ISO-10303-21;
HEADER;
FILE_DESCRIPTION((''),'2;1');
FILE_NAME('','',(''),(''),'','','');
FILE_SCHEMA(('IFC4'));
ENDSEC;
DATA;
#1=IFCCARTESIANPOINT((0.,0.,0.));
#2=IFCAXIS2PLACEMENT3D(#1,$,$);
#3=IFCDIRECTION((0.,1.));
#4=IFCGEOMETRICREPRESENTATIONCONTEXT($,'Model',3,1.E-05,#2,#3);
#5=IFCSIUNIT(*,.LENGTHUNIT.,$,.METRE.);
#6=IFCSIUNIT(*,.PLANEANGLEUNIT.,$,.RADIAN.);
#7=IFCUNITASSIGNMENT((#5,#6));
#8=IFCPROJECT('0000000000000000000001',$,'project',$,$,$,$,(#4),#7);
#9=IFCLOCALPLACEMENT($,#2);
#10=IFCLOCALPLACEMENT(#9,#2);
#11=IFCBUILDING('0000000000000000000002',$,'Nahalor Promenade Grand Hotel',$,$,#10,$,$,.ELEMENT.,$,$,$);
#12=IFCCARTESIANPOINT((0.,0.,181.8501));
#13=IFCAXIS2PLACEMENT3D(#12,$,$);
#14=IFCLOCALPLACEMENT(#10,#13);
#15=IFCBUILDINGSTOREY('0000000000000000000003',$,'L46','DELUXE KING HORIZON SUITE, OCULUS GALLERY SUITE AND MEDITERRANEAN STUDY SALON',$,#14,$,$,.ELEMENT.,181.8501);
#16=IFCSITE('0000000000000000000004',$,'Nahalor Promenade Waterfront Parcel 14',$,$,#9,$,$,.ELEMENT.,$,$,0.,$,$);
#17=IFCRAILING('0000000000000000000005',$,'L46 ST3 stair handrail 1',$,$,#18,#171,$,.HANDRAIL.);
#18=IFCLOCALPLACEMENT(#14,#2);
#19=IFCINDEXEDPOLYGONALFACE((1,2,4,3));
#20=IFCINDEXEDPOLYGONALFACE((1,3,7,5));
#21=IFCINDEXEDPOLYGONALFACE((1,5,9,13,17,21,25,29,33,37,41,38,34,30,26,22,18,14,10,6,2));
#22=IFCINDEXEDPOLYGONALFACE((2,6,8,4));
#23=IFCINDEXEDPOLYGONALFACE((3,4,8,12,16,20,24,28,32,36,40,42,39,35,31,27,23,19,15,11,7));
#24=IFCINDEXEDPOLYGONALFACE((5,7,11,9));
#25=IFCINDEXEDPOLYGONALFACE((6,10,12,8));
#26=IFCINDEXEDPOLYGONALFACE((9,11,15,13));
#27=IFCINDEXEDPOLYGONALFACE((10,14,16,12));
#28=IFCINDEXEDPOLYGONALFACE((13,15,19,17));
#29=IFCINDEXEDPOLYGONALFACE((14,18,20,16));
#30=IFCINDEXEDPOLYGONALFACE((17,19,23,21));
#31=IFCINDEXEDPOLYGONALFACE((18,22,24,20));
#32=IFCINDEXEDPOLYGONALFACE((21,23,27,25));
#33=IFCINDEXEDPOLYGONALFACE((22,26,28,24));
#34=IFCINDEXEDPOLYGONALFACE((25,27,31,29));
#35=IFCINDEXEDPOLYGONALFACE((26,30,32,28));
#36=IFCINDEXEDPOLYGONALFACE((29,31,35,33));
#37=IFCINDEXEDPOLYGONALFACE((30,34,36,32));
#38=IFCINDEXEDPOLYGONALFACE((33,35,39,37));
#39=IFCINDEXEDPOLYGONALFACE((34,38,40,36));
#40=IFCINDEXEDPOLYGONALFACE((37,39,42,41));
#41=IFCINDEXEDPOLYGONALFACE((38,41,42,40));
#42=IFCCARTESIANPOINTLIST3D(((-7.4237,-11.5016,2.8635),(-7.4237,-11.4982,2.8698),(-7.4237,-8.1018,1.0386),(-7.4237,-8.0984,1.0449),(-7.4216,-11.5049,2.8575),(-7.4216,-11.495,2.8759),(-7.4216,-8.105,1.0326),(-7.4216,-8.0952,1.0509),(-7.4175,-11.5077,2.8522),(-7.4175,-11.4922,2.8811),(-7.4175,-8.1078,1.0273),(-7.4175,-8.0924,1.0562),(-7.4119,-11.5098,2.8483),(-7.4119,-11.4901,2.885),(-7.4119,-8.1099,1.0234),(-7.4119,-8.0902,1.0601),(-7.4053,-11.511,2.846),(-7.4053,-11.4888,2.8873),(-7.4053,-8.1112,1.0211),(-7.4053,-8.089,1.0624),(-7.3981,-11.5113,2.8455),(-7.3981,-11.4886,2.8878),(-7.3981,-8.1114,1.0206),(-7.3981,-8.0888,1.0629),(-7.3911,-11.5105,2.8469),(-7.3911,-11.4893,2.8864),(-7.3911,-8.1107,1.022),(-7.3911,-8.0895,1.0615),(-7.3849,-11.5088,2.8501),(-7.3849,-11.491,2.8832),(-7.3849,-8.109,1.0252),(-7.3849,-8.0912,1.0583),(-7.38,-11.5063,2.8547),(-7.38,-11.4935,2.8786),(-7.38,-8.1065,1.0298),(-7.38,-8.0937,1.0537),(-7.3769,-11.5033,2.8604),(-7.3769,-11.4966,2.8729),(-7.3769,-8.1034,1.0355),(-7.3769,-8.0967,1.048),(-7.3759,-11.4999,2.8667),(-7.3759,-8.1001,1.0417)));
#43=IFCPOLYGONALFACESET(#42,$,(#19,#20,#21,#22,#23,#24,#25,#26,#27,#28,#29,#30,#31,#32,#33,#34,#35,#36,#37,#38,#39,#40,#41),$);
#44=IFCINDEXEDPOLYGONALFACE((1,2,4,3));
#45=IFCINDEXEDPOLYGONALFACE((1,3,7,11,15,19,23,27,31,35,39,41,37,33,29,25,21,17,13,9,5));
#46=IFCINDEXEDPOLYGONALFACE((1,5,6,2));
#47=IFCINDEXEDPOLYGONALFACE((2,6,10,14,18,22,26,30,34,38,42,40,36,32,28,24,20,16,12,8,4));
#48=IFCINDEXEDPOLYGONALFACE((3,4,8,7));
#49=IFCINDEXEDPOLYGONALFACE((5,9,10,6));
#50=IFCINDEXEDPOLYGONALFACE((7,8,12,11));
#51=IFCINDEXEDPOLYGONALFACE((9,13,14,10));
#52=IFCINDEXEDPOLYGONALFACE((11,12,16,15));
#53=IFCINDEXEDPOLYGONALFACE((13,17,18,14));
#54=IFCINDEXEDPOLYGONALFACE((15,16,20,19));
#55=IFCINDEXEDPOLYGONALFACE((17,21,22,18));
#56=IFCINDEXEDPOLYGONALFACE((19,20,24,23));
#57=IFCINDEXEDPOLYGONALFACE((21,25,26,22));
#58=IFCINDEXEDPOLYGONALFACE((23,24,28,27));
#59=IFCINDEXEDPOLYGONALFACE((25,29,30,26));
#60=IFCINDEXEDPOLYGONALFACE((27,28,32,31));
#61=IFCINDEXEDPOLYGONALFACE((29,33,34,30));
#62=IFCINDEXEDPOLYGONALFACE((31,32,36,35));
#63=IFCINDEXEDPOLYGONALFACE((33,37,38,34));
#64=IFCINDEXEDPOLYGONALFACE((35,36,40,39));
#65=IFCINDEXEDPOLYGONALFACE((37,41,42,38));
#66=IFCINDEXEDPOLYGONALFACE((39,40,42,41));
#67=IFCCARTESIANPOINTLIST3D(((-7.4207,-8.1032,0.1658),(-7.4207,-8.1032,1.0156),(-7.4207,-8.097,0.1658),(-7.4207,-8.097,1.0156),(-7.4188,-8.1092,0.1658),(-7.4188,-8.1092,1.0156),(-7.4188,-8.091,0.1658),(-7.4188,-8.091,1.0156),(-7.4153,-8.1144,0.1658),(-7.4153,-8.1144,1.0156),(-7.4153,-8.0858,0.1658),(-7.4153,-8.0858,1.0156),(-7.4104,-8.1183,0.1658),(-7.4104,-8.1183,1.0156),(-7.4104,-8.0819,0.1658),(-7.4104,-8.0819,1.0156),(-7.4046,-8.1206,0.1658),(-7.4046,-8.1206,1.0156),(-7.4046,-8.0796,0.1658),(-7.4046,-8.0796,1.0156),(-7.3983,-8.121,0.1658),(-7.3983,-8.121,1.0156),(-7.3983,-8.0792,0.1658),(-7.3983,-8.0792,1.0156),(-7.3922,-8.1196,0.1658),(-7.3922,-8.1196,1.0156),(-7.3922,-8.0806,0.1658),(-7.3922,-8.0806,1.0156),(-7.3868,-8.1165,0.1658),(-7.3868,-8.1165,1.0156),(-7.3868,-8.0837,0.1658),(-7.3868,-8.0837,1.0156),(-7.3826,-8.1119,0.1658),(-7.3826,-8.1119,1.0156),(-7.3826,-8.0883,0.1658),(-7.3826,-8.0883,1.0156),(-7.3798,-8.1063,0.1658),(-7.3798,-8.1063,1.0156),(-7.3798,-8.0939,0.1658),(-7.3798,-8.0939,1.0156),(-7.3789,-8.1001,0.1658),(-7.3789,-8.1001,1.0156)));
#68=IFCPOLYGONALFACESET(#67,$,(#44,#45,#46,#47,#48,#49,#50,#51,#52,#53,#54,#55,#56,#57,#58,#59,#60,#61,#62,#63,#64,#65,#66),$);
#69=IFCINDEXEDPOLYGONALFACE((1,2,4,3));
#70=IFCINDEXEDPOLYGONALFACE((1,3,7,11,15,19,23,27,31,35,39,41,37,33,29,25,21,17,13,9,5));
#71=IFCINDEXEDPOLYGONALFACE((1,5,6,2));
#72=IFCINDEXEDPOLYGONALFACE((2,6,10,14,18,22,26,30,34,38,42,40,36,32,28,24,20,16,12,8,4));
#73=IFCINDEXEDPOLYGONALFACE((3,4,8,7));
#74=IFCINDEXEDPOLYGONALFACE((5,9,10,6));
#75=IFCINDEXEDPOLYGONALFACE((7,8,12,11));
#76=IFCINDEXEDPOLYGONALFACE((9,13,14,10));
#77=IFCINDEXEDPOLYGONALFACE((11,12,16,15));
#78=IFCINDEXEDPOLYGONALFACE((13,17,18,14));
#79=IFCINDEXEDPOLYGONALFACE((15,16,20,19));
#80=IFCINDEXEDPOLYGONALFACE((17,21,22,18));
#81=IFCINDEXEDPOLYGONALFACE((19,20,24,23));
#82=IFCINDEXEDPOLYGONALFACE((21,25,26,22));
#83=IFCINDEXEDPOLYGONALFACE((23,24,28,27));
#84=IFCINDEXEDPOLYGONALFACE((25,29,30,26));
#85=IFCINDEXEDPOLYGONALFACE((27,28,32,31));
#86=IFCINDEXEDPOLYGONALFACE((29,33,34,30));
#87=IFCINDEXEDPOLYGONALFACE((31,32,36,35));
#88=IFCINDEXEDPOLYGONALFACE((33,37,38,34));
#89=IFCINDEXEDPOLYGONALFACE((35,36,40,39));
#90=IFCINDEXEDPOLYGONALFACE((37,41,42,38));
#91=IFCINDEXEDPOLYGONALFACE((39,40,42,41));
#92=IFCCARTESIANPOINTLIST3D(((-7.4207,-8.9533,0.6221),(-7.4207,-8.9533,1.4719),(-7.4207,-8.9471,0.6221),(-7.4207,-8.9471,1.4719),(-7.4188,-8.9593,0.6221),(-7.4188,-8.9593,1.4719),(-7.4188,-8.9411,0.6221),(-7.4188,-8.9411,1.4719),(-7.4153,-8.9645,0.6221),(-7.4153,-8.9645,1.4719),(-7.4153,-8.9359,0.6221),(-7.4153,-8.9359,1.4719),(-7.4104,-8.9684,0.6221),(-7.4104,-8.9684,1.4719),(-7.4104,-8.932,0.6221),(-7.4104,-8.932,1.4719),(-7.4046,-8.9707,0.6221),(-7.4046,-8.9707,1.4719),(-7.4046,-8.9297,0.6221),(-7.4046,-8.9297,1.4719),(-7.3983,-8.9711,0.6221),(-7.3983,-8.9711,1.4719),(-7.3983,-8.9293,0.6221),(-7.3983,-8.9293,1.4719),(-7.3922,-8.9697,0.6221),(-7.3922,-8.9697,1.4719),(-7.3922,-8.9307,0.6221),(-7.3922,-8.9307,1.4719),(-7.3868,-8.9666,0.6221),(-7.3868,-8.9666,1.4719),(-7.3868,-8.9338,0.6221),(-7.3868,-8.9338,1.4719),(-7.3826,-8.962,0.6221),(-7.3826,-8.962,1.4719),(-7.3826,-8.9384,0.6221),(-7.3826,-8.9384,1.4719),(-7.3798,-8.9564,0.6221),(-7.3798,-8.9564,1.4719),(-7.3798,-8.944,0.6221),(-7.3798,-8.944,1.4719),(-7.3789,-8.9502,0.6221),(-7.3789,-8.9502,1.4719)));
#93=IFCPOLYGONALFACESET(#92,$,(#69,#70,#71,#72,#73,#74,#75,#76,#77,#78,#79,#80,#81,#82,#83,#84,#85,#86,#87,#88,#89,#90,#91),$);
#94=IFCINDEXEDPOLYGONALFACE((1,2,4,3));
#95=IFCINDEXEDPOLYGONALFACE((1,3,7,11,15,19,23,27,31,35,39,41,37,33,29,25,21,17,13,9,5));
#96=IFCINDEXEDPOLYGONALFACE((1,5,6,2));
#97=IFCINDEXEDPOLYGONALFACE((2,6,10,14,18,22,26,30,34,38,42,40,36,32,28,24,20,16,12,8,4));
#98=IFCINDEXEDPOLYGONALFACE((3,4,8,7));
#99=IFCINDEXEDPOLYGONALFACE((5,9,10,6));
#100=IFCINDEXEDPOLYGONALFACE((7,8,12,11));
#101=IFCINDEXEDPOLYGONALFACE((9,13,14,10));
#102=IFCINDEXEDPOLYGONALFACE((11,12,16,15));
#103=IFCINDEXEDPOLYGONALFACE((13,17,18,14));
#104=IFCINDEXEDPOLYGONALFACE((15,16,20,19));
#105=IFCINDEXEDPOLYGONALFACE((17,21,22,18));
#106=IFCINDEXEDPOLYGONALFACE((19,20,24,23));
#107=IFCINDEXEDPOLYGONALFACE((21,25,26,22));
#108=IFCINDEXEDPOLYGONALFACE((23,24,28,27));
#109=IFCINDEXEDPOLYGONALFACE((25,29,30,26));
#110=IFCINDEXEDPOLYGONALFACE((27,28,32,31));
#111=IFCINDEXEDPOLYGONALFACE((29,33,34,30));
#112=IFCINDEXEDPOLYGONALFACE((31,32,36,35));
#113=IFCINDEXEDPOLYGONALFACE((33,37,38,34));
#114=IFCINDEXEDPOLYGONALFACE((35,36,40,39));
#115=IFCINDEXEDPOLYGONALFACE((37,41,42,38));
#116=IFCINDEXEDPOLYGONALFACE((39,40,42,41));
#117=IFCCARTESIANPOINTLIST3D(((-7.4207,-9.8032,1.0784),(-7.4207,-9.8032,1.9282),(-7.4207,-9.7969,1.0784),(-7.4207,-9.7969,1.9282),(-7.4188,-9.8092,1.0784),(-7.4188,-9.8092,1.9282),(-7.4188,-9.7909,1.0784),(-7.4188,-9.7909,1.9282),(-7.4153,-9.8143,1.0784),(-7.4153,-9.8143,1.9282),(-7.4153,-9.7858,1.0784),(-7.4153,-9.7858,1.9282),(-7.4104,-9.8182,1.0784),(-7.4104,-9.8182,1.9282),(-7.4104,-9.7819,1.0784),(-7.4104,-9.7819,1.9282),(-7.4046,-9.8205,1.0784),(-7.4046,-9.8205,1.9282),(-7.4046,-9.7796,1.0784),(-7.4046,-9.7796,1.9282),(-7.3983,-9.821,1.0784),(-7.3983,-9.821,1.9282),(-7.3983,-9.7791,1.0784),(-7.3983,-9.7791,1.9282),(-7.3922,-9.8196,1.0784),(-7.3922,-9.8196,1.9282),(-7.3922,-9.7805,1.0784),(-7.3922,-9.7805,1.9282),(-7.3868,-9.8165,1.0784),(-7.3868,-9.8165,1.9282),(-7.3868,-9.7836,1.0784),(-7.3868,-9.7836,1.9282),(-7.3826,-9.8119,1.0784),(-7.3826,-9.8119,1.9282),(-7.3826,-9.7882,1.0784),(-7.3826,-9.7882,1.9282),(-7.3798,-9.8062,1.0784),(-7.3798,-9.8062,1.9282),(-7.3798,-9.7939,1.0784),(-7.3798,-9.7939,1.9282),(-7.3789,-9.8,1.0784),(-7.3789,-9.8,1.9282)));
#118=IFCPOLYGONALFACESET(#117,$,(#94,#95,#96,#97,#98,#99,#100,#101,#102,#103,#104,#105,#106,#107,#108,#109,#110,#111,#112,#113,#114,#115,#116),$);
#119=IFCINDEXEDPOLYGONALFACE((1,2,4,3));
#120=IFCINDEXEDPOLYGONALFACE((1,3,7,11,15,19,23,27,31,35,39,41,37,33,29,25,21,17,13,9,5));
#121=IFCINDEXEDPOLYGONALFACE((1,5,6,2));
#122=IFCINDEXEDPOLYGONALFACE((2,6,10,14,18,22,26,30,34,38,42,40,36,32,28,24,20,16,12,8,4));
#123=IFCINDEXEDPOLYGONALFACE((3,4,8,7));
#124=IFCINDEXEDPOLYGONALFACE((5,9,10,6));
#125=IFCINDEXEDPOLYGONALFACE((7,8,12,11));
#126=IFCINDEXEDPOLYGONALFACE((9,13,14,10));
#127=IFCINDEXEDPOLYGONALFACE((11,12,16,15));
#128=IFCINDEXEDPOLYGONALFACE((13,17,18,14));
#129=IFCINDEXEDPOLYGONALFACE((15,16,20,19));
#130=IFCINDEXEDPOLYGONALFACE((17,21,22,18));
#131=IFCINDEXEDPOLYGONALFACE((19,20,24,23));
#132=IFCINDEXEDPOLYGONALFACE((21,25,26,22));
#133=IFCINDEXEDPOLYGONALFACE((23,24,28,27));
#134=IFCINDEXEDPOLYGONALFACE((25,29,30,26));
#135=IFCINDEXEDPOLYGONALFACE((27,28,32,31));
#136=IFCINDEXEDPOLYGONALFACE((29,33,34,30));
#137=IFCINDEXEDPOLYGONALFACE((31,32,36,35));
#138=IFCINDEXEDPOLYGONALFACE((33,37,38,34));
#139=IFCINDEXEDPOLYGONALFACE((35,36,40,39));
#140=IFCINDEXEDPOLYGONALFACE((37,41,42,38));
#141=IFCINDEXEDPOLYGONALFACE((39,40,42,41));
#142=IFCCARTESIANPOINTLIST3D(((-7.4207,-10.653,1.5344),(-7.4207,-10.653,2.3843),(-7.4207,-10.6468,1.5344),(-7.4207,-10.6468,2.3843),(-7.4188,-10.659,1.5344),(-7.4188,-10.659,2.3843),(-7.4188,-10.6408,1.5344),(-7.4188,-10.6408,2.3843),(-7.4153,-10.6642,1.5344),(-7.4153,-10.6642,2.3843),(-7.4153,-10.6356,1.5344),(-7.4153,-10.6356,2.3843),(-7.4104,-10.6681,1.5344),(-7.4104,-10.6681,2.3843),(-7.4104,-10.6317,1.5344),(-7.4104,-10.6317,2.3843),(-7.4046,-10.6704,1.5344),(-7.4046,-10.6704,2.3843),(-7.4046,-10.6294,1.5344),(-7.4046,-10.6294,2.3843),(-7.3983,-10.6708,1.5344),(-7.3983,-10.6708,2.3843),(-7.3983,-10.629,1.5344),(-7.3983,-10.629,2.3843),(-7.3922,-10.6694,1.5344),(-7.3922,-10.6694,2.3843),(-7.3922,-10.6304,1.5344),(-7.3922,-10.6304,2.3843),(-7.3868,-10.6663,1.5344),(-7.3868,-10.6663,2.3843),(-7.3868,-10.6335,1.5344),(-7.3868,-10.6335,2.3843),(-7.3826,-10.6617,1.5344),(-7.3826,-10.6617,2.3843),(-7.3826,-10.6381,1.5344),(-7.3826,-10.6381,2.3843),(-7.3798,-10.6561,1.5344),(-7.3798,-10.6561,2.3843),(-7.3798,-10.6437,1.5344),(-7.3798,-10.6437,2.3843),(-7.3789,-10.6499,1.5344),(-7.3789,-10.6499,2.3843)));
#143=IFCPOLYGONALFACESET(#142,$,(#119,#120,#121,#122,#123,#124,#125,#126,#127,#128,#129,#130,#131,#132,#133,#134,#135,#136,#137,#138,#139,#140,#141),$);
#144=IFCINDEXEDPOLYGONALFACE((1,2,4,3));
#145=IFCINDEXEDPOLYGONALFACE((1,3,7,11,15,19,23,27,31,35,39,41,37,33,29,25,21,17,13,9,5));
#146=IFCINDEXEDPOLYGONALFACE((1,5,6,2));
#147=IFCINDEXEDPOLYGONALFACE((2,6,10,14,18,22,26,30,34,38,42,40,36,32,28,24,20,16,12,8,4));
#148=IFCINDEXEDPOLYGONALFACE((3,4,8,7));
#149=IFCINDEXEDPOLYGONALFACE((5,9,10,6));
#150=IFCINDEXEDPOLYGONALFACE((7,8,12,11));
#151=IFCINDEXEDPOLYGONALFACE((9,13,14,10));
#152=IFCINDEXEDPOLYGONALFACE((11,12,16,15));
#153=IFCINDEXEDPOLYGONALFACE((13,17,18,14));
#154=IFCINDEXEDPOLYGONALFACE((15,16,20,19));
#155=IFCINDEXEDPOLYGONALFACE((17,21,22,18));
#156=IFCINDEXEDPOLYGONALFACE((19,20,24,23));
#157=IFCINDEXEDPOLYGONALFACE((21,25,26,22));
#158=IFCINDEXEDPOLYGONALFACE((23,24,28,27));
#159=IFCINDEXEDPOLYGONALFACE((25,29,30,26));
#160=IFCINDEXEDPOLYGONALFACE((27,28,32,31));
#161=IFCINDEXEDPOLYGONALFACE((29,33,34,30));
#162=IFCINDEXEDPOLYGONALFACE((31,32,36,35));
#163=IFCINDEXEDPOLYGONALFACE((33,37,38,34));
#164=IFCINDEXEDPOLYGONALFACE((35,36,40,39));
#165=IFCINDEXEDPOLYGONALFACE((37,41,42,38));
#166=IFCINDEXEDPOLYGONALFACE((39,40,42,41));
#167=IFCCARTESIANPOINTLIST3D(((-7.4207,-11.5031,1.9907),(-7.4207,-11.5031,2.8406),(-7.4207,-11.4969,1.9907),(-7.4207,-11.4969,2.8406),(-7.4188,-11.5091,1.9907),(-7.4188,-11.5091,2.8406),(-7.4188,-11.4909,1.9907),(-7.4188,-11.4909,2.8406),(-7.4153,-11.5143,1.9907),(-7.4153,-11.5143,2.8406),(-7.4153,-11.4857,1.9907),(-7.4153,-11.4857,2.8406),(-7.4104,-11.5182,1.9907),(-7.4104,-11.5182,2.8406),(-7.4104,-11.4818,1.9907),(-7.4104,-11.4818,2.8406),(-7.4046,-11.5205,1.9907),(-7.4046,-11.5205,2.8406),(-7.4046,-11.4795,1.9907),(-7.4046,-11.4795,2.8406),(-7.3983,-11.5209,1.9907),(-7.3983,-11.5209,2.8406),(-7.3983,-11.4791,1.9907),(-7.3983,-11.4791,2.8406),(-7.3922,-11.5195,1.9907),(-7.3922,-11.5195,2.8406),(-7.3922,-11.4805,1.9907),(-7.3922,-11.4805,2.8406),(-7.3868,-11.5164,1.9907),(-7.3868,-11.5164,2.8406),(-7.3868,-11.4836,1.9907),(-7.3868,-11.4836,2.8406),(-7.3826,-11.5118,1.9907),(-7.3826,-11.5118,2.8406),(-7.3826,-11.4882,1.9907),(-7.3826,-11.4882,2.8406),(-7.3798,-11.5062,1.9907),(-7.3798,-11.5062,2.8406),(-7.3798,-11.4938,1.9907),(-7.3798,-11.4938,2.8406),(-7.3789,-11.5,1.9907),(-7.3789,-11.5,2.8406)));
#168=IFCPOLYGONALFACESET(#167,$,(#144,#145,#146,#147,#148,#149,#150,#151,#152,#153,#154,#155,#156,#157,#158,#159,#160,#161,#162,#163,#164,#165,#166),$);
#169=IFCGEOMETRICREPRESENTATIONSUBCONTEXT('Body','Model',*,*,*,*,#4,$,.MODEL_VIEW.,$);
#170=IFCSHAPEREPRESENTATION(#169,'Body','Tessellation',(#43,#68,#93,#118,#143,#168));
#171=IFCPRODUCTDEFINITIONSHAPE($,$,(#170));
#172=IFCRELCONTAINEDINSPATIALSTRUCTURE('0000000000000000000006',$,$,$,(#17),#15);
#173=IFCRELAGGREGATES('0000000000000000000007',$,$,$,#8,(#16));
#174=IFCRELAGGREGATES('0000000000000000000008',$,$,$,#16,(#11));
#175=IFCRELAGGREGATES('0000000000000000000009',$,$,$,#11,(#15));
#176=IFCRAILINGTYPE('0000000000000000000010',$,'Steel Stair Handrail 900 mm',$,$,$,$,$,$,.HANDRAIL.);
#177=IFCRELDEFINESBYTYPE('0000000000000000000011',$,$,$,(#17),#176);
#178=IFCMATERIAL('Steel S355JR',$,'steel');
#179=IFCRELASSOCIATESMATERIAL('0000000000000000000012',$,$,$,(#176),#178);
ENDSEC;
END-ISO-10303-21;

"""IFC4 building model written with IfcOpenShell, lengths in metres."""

from ifc_helpers import new_model, si_unit, direction, frame, origin, origin_2d, place, context, subcontext, project, spatial, circle, extrude, material, type_object, element, save


model = new_model("IFC4")

# Units and contexts
model_context = context("Model", 3, precision=1e-05, world=origin(), true_north=direction((0.0, 1.0)))
body_context = subcontext(model_context, "Body", "Model", "MODEL_VIEW")
ifc_project = project(units=[si_unit("LENGTHUNIT", "METRE"), si_unit("PLANEANGLEUNIT", "RADIAN")], contexts=[model_context])

# Site, building, storey
site_placement = place(None, origin())
site = spatial("IfcSite", under=ifc_project, at=site_placement, Name="Nahalor Promenade Waterfront Parcel 14", CompositionType="ELEMENT", RefElevation=0.0)
building_placement = place(site_placement, origin())
building = spatial("IfcBuilding", under=site, at=building_placement, Name="Nahalor Promenade Grand Hotel", CompositionType="ELEMENT")
storey_placement = place(building_placement, frame((0.0, 0.0, 181.8501)))
storey = spatial("IfcBuildingStorey", under=building, at=storey_placement, Name="L46", Description="DELUXE KING HORIZON SUITE, OCULUS GALLERY SUITE AND MEDITERRANEAN STUDY SALON", CompositionType="ELEMENT", Elevation=181.8501)

# Shared definitions
ifc_material_1 = material(Name="Steel S355JR", Category="steel")

# Railing
railing_type_1 = type_object("IfcRailingType", Name="Steel Stair Handrail 900 mm", PredefinedType="HANDRAIL", material=ifc_material_1)
railing_1_placement = place(storey_placement, frame((-7.3999, -8.1001, 0.1658)))
element("IfcRailing", 1, at=railing_1_placement, inside=storey, type_object=railing_type_1, Name="L46 ST3 stair handrail 1", PredefinedType="HANDRAIL", context=body_context, shape_type="SweptSolid", body=[
    extrude(circle(Radius=0.024, at=origin_2d()), frame((0.0, 0.0, 0.876), z_axis=(0.0, -0.881094, 0.472941), x_axis=(1.0, 0.0, 0.0)), (0.0, 0.0, 1.0), 3.8586),
    extrude(circle(Radius=0.021, at=origin_2d()), origin(), (0.0, 0.0, 1.0), 0.8499),
    extrude(circle(Radius=0.021, at=origin_2d()), frame((0.0, -0.8501, 0.4563)), (0.0, 0.0, 1.0), 0.8499),
    extrude(circle(Radius=0.021, at=origin_2d()), frame((0.0, -1.7, 0.9126)), (0.0, 0.0, 1.0), 0.8499),
    extrude(circle(Radius=0.021, at=origin_2d()), frame((0.0, -2.5498, 1.3687)), (0.0, 0.0, 1.0), 0.8499),
    extrude(circle(Radius=0.021, at=origin_2d()), frame((0.0, -3.3999, 1.825)), (0.0, 0.0, 1.0), 0.8499),
])

save(model, "model.ifc")
